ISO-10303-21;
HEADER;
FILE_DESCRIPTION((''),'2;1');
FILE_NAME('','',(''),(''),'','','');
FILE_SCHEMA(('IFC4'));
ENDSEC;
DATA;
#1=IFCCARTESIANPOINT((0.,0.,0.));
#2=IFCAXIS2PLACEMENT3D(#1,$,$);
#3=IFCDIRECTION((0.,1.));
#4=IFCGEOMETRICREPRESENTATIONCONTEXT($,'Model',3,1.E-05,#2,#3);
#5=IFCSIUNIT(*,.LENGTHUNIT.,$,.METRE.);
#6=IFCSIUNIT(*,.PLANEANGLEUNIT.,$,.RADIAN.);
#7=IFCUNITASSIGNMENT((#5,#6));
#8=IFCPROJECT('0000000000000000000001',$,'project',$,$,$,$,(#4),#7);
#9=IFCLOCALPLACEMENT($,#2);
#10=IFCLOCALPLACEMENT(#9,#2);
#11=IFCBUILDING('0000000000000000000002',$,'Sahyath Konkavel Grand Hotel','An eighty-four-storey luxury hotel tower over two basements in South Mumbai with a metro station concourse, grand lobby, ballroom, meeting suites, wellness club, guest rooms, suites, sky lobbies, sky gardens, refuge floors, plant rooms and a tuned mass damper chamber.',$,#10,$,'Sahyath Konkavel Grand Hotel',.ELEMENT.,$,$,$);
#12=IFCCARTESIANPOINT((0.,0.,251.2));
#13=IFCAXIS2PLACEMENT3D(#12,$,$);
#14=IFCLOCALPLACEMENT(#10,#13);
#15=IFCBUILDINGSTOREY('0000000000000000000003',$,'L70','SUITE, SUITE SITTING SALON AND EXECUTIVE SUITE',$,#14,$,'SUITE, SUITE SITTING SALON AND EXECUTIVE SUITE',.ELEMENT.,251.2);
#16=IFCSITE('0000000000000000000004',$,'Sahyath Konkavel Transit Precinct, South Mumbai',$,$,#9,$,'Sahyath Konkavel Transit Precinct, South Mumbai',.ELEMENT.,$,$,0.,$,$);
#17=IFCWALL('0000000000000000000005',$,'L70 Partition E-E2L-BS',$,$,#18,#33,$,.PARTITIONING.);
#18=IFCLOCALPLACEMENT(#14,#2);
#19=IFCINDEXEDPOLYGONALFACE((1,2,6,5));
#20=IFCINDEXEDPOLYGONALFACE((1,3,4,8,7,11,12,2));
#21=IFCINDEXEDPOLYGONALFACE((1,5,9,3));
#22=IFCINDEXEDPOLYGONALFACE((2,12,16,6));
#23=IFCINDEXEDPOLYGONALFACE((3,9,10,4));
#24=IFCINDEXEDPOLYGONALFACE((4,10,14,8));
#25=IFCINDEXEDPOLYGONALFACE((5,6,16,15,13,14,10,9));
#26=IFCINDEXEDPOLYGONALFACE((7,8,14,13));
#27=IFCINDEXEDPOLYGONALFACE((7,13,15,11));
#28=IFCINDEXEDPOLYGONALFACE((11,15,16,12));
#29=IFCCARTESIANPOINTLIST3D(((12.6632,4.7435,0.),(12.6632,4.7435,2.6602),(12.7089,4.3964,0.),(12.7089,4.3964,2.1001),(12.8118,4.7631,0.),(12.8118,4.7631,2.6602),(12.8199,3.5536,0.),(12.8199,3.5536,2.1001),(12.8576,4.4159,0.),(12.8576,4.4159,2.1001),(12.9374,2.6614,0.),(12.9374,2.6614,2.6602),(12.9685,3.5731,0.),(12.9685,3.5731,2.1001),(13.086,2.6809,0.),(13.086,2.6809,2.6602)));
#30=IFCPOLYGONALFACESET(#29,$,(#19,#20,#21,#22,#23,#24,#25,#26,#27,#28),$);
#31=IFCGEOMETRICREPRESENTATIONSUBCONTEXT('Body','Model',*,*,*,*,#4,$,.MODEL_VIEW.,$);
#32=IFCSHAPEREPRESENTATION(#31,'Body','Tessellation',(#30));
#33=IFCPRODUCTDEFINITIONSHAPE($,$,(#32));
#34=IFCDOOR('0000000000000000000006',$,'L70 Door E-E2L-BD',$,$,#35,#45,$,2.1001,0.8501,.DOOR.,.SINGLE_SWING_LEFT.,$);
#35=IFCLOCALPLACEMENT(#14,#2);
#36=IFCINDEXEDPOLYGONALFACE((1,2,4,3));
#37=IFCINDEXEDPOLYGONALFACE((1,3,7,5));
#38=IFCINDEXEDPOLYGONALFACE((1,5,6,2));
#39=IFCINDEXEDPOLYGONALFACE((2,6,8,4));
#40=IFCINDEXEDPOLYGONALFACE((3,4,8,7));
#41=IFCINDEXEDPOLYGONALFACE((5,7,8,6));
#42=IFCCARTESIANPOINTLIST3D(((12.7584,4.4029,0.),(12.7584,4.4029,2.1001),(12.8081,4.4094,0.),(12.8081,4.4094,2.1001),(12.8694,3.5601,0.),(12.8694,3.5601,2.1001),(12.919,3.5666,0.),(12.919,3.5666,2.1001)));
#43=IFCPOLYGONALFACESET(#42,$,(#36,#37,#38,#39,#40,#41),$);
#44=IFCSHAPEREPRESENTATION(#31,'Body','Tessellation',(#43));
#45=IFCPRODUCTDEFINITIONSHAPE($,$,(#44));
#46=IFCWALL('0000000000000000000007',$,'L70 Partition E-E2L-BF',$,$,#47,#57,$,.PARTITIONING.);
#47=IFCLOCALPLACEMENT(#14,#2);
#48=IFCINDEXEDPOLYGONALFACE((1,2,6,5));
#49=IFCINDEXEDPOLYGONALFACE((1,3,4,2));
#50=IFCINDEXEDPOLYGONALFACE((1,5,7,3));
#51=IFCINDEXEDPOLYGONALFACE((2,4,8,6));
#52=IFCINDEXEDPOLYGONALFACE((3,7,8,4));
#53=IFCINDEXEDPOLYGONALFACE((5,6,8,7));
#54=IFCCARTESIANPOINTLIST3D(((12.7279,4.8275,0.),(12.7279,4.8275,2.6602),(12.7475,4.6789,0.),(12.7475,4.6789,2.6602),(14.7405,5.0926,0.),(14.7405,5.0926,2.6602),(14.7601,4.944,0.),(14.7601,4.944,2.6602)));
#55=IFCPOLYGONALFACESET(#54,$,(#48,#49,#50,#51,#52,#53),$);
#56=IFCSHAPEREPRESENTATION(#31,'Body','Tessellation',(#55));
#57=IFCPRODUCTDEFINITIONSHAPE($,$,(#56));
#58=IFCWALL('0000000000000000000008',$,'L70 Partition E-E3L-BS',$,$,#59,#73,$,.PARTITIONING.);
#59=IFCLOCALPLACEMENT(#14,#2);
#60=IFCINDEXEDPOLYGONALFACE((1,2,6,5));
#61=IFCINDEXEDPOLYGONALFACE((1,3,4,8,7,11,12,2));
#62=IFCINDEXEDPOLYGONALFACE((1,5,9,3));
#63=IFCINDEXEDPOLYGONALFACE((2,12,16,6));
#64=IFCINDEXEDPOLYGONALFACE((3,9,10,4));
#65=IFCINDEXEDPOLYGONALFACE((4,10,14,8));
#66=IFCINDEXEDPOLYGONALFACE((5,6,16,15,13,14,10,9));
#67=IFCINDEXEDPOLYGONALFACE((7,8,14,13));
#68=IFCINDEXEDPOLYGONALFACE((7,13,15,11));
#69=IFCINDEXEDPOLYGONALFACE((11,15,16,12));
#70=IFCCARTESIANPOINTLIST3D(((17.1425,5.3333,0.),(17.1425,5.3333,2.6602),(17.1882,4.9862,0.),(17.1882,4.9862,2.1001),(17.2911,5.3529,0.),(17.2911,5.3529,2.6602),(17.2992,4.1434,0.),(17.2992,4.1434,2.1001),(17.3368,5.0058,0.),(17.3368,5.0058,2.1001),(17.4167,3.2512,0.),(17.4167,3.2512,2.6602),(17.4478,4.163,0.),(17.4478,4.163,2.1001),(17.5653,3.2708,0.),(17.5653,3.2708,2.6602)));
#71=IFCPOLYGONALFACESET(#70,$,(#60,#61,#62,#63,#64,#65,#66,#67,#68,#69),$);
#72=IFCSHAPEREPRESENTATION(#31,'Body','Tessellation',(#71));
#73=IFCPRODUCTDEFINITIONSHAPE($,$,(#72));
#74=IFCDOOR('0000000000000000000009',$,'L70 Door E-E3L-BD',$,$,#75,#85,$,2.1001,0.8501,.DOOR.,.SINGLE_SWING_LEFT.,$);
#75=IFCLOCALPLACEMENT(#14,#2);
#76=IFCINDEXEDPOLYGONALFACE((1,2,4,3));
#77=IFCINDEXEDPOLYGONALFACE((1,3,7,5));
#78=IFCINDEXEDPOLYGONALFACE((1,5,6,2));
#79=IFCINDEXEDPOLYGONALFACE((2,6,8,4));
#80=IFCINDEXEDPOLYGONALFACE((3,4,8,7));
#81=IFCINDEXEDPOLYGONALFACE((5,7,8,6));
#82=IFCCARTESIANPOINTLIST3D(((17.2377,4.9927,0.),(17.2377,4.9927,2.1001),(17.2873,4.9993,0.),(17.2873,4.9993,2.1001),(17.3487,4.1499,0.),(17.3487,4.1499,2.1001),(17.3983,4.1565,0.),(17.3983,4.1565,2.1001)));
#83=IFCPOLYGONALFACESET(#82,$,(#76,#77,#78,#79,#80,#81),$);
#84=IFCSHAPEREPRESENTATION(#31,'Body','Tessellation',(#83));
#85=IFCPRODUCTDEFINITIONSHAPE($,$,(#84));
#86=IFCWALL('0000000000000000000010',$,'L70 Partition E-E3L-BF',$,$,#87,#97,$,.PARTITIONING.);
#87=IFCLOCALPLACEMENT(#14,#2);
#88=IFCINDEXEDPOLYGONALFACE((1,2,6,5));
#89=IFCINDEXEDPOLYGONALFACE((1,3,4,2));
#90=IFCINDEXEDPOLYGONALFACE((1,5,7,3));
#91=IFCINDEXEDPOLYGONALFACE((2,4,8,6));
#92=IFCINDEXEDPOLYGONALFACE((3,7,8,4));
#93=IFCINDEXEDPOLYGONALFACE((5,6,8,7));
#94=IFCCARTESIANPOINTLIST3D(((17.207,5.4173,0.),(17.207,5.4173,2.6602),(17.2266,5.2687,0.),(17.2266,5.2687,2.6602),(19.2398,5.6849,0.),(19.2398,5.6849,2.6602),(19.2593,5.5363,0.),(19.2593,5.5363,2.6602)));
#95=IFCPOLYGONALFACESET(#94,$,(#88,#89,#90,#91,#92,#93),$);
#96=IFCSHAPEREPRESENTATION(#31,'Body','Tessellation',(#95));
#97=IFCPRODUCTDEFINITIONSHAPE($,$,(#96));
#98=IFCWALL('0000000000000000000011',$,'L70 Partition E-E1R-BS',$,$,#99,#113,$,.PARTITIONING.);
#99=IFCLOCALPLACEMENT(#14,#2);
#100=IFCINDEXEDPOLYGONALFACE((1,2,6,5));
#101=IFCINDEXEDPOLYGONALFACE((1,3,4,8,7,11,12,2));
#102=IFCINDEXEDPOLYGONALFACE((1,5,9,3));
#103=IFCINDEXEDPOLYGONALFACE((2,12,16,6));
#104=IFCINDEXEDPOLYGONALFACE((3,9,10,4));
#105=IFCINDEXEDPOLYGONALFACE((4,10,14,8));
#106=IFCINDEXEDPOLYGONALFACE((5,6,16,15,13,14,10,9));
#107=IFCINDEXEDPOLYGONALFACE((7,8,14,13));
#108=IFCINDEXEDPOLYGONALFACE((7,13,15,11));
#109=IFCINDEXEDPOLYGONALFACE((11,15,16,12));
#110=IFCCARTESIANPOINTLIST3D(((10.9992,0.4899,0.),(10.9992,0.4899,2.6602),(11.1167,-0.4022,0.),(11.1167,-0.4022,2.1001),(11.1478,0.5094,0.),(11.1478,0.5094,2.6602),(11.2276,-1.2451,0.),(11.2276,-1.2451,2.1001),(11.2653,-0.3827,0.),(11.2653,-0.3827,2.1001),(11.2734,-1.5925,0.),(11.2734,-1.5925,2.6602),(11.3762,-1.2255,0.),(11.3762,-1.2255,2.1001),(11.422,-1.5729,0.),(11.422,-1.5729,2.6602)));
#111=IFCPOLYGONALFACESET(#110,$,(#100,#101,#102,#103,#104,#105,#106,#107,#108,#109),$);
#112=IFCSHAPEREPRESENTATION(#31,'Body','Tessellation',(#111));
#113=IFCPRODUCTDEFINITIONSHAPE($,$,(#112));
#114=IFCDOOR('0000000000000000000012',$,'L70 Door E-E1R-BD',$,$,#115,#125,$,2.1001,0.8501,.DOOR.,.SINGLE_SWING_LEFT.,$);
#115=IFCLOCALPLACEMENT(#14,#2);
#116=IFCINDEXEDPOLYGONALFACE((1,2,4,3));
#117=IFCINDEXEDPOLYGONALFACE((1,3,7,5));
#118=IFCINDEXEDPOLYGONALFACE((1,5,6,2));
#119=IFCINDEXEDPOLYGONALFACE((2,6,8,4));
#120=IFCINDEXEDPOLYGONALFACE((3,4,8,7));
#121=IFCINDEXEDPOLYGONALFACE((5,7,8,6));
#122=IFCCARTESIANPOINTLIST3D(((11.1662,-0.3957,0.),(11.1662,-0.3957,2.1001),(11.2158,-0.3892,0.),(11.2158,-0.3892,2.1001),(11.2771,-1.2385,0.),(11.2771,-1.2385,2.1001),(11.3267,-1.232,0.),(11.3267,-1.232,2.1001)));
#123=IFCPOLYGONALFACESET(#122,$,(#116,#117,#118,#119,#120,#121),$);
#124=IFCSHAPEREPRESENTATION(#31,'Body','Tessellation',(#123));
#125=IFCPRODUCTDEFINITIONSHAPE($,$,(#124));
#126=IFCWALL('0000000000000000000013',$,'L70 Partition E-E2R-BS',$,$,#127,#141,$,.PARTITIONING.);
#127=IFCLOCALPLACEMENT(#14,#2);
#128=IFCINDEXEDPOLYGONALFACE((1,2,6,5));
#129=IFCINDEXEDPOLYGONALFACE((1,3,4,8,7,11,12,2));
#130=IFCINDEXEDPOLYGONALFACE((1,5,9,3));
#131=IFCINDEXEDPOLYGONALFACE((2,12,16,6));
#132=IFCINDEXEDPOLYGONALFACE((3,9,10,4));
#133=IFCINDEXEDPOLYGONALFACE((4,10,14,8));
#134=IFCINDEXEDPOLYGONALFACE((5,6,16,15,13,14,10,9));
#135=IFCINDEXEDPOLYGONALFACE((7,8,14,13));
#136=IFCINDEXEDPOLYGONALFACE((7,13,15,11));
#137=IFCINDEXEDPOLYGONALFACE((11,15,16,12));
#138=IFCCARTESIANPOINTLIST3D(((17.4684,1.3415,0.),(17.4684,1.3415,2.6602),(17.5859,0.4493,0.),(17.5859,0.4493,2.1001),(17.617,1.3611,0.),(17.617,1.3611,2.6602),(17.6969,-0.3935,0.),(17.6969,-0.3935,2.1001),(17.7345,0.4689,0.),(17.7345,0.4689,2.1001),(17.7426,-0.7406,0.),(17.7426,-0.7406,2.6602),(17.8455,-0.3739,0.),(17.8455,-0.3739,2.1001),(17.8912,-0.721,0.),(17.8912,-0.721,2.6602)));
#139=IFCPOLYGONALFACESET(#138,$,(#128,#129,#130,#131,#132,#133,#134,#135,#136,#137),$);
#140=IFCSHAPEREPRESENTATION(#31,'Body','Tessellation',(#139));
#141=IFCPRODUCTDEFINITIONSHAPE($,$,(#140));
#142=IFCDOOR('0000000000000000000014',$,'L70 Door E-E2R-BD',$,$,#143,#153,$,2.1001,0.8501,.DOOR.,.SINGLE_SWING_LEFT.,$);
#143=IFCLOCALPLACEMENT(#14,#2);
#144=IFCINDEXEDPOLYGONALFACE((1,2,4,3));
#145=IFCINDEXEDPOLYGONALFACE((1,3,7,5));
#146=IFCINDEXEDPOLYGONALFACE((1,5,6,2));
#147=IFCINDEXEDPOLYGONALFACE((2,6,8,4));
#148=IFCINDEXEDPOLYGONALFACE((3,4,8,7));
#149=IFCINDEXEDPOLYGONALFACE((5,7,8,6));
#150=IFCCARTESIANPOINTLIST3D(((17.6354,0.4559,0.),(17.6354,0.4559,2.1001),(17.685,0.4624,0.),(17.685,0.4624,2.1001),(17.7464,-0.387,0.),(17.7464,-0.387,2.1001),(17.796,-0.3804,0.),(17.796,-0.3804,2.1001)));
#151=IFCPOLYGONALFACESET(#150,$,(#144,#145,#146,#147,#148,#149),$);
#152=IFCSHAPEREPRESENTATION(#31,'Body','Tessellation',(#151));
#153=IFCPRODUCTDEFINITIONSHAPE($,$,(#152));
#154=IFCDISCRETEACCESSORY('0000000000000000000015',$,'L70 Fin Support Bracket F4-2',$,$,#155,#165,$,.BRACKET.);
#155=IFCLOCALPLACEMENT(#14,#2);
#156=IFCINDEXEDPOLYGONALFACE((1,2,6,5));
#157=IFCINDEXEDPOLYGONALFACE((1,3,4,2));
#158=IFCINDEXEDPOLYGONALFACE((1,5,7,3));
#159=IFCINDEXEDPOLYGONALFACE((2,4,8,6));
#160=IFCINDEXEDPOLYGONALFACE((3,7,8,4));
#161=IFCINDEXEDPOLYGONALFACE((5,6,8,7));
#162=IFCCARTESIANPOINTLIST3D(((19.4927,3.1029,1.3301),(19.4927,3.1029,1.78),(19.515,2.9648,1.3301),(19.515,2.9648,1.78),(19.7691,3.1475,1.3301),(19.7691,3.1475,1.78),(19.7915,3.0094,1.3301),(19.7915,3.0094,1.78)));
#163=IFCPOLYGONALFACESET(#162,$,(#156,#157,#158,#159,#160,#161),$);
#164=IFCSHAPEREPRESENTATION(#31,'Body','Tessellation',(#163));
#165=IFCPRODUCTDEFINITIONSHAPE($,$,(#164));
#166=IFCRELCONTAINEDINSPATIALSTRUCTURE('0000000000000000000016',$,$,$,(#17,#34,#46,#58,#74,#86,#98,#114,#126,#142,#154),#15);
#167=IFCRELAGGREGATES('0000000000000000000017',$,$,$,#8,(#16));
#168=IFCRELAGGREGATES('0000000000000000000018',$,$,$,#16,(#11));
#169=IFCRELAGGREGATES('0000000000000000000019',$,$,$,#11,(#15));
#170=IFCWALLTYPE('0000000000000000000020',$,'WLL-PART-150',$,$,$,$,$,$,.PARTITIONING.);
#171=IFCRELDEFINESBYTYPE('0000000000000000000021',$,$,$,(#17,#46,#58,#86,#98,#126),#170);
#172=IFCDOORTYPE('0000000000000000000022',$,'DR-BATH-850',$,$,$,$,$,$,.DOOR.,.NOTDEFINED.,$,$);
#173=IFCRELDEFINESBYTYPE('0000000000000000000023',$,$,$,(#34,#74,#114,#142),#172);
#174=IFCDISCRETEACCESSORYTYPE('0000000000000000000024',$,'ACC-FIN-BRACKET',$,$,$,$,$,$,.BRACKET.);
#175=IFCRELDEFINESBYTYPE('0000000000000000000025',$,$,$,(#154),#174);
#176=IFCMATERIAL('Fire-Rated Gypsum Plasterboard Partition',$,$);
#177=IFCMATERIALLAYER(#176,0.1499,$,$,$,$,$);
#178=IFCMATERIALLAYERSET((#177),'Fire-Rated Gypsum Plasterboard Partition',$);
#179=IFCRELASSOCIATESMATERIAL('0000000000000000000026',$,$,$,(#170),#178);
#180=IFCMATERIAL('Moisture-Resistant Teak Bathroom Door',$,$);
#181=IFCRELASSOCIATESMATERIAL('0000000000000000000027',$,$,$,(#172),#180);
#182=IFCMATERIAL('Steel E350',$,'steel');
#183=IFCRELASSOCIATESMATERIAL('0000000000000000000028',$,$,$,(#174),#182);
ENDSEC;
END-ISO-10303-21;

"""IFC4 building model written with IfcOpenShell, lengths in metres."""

from ifc_helpers import new_model, si_unit, direction, frame, frame_2d, origin, origin_2d, place, context, subcontext, project, spatial, rectangle, extrude, source, transform, mapped, material, layer, layer_set, type_object, element, fill, save


model = new_model("IFC4")

# Units and contexts
model_context = context("Model", 3, precision=1e-05, world=origin(), true_north=direction((0.0, 1.0)))
body_context = subcontext(model_context, "Body", "Model", "MODEL_VIEW")
ifc_project = project(units=[si_unit("LENGTHUNIT", "METRE"), si_unit("PLANEANGLEUNIT", "RADIAN")], contexts=[model_context])

# Site, building, storey
site_placement = place(None, origin())
site = spatial("IfcSite", under=ifc_project, at=site_placement, Name="Sahyath Konkavel Transit Precinct, South Mumbai", LongName="Sahyath Konkavel Transit Precinct, South Mumbai", CompositionType="ELEMENT", RefElevation=0.0)
building_placement = place(site_placement, origin())
building = spatial("IfcBuilding", under=site, at=building_placement, Name="Sahyath Konkavel Grand Hotel", Description="An eighty-four-storey luxury hotel tower over two basements in South Mumbai with a metro station concourse, grand lobby, ballroom, meeting suites, wellness club, guest rooms, suites, sky lobbies, sky gardens, refuge floors, plant rooms and a tuned mass damper chamber.", LongName="Sahyath Konkavel Grand Hotel", CompositionType="ELEMENT")
storey_placement = place(building_placement, frame((0.0, 0.0, 251.2)))
storey = spatial("IfcBuildingStorey", under=building, at=storey_placement, Name="L70", Description="SUITE, SUITE SITTING SALON AND EXECUTIVE SUITE", LongName="SUITE, SUITE SITTING SALON AND EXECUTIVE SUITE", CompositionType="ELEMENT", Elevation=251.2)

# Shared definitions
ifc_material_1 = material(Name="Steel E350", Category="steel")

# Wall, opening, door
ifc_material_2 = material(Name="Fire-Rated Gypsum Plasterboard Partition")
ifc_layer_1 = layer(ifc_material_2, 0.1499)
ifc_layer_set_1 = layer_set([ifc_layer_1], Name="Fire-Rated Gypsum Plasterboard Partition")
wall_type_1 = type_object("IfcWallType", Name="WLL-PART-150", PredefinedType="PARTITIONING", material=ifc_layer_set_1)
wall_1_placement = place(storey_placement, frame((13.0117, 2.6711, 0.0), z_axis=(0.0, 0.0, 1.0), x_axis=(-0.130557, 0.991441, 0.0)))
wall_1 = element("IfcWall", 1, at=wall_1_placement, inside=storey, type_object=wall_type_1, Name="L70 Partition E-E2L-BS", PredefinedType="PARTITIONING", context=body_context, shape_type="SweptSolid", body=[
    extrude(rectangle(XDim=2.1001, YDim=0.1499, at=frame_2d((1.05, 0.0))), origin(), (0.0, 0.0, 1.0), 2.6602),
])
opening_1_placement = place(wall_1_placement, frame((0.8999, 0.0, 0.0)))
opening_1 = element("IfcOpeningElement", 2, at=opening_1_placement, cuts=wall_1, PredefinedType="OPENING", context=body_context, shape_type="SweptSolid", body=[
    extrude(rectangle(XDim=0.8501, YDim=2.1001, at=frame_2d((0.425, 1.05))), frame((0.0, 0.085, 0.0), z_axis=(0.0, -1.0, 0.0), x_axis=(1.0, 0.0, 0.0)), (0.0, 0.0, 1.0), 0.1699),
])
ifc_material_3 = material(Name="Moisture-Resistant Teak Bathroom Door")
door_type = type_object("IfcDoorType", Name="DR-BATH-850", OperationType="NOTDEFINED", PredefinedType="DOOR", material=ifc_material_3)
shared_shape_1 = source(origin(), body_context, "Body", "SweptSolid", [
    extrude(rectangle(XDim=0.8501, YDim=0.05, at=origin_2d()), origin(), (0.0, 0.0, 1.0), 2.1001),
])
door_1_placement = place(opening_1_placement, frame((0.425, 0.0, 0.0)))
door_1 = element("IfcDoor", 3, at=door_1_placement, inside=storey, type_object=door_type, Name="L70 Door E-E2L-BD", OperationType="SINGLE_SWING_LEFT", OverallHeight=2.1001, OverallWidth=0.8501, PredefinedType="DOOR", context=body_context, shape_type="MappedRepresentation", body=[
    mapped(shared_shape_1, transform((0.0, 0.0, 0.0), scale=1.0)),
])
fill(opening_1, door_1)

# Wall
wall_2_placement = place(storey_placement, frame((12.7375, 4.7532, 0.0), z_axis=(0.0, 0.0, 1.0), x_axis=(0.991435, 0.130604, 0.0)))
element("IfcWall", 4, at=wall_2_placement, inside=storey, type_object=wall_type_1, Name="L70 Partition E-E2L-BF", PredefinedType="PARTITIONING", context=body_context, shape_type="SweptSolid", body=[
    extrude(rectangle(XDim=2.03, YDim=0.1499, at=frame_2d((1.0151, 0.0))), origin(), (0.0, 0.0, 1.0), 2.6602),
])

# Wall, opening, door
wall_3_placement = place(storey_placement, frame((17.491, 3.261, 0.0), z_axis=(0.0, 0.0, 1.0), x_axis=(-0.130557, 0.991441, 0.0)))
wall_3 = element("IfcWall", 5, at=wall_3_placement, inside=storey, type_object=wall_type_1, Name="L70 Partition E-E3L-BS", PredefinedType="PARTITIONING", context=body_context, shape_type="SweptSolid", body=[
    extrude(rectangle(XDim=2.1001, YDim=0.1499, at=frame_2d((1.05, 0.0))), origin(), (0.0, 0.0, 1.0), 2.6602),
])
opening_2_placement = place(wall_3_placement, frame((0.8999, 0.0, 0.0)))
opening_2 = element("IfcOpeningElement", 6, at=opening_2_placement, cuts=wall_3, PredefinedType="OPENING", context=body_context, shape_type="SweptSolid", body=[
    extrude(rectangle(XDim=0.8501, YDim=2.1001, at=frame_2d((0.425, 1.05))), frame((0.0, 0.085, 0.0), z_axis=(0.0, -1.0, 0.0), x_axis=(1.0, 0.0, 0.0)), (0.0, 0.0, 1.0), 0.1699),
])
door_2_placement = place(opening_2_placement, frame((0.425, 0.0, 0.0)))
door_2 = element("IfcDoor", 7, at=door_2_placement, inside=storey, type_object=door_type, Name="L70 Door E-E3L-BD", OperationType="SINGLE_SWING_LEFT", OverallHeight=2.1001, OverallWidth=0.8501, PredefinedType="DOOR", context=body_context, shape_type="MappedRepresentation", body=[
    mapped(shared_shape_1, transform((0.0, 0.0, 0.0), scale=1.0)),
])
fill(opening_2, door_2)

# Wall
wall_4_placement = place(storey_placement, frame((17.2168, 5.343, 0.0), z_axis=(0.0, 0.0, 1.0), x_axis=(0.991447, 0.13051, 0.0)))
element("IfcWall", 8, at=wall_4_placement, inside=storey, type_object=wall_type_1, Name="L70 Partition E-E3L-BF", PredefinedType="PARTITIONING", context=body_context, shape_type="SweptSolid", body=[
    extrude(rectangle(XDim=2.0503, YDim=0.1499, at=frame_2d((1.0251, 0.0))), origin(), (0.0, 0.0, 1.0), 2.6602),
])

# Walls, openings, doors
wall_5_placement = place(storey_placement, frame((11.0735, 0.4998, 0.0), z_axis=(0.0, 0.0, 1.0), x_axis=(0.130542, -0.991443, 0.0)))
wall_5 = element("IfcWall", 9, at=wall_5_placement, inside=storey, type_object=wall_type_1, Name="L70 Partition E-E1R-BS", PredefinedType="PARTITIONING", context=body_context, shape_type="SweptSolid", body=[
    extrude(rectangle(XDim=2.1003, YDim=0.1499, at=frame_2d((1.0503, 0.0))), origin(), (0.0, 0.0, 1.0), 2.6602),
])
opening_3_placement = place(wall_5_placement, frame((0.8999, 0.0, 0.0)))
opening_3 = element("IfcOpeningElement", 10, at=opening_3_placement, cuts=wall_5, PredefinedType="OPENING", context=body_context, shape_type="SweptSolid", body=[
    extrude(rectangle(XDim=0.8501, YDim=2.1001, at=frame_2d((0.425, 1.05))), frame((0.0, 0.085, 0.0), z_axis=(0.0, -1.0, 0.0), x_axis=(1.0, 0.0, 0.0)), (0.0, 0.0, 1.0), 0.1699),
])
door_3_placement = place(opening_3_placement, frame((0.425, 0.0, 0.0)))
door_3 = element("IfcDoor", 11, at=door_3_placement, inside=storey, type_object=door_type, Name="L70 Door E-E1R-BD", OperationType="SINGLE_SWING_LEFT", OverallHeight=2.1001, OverallWidth=0.8501, PredefinedType="DOOR", context=body_context, shape_type="MappedRepresentation", body=[
    mapped(shared_shape_1, transform((0.0, 0.0, 0.0), scale=1.0)),
])
fill(opening_3, door_3)
wall_6_placement = place(storey_placement, frame((17.5427, 1.3513, 0.0), z_axis=(0.0, 0.0, 1.0), x_axis=(0.130557, -0.991441, 0.0)))
wall_6 = element("IfcWall", 12, at=wall_6_placement, inside=storey, type_object=wall_type_1, Name="L70 Partition E-E2R-BS", PredefinedType="PARTITIONING", context=body_context, shape_type="SweptSolid", body=[
    extrude(rectangle(XDim=2.1001, YDim=0.1499, at=frame_2d((1.05, 0.0))), origin(), (0.0, 0.0, 1.0), 2.6602),
])
opening_4_placement = place(wall_6_placement, frame((0.8999, 0.0, 0.0)))
opening_4 = element("IfcOpeningElement", 13, at=opening_4_placement, cuts=wall_6, PredefinedType="OPENING", context=body_context, shape_type="SweptSolid", body=[
    extrude(rectangle(XDim=0.8501, YDim=2.1001, at=frame_2d((0.425, 1.05))), frame((0.0, 0.085, 0.0), z_axis=(0.0, -1.0, 0.0), x_axis=(1.0, 0.0, 0.0)), (0.0, 0.0, 1.0), 0.1699),
])
door_4_placement = place(opening_4_placement, frame((0.425, 0.0, 0.0)))
door_4 = element("IfcDoor", 14, at=door_4_placement, inside=storey, type_object=door_type, Name="L70 Door E-E2R-BD", OperationType="SINGLE_SWING_LEFT", OverallHeight=2.1001, OverallWidth=0.8501, PredefinedType="DOOR", context=body_context, shape_type="MappedRepresentation", body=[
    mapped(shared_shape_1, transform((0.0, 0.0, 0.0), scale=1.0)),
])
fill(opening_4, door_4)

# Discrete accessory
discrete_accessory_type = type_object("IfcDiscreteAccessoryType", Name="ACC-FIN-BRACKET", PredefinedType="BRACKET", material=ifc_material_1)
shared_shape_2 = source(origin(), body_context, "Body", "SweptSolid", [
    extrude(rectangle(XDim=0.28, YDim=0.1399, at=origin_2d()), origin(), (0.0, 0.0, 1.0), 0.45),
])
discrete_accessory_placement = place(storey_placement, frame((19.6421, 3.0562, 1.3301), z_axis=(0.0, 0.0, 1.0), x_axis=(0.987184, 0.159588, 0.0)))
element("IfcDiscreteAccessory", 15, at=discrete_accessory_placement, inside=storey, type_object=discrete_accessory_type, Name="L70 Fin Support Bracket F4-2", PredefinedType="BRACKET", context=body_context, shape_type="MappedRepresentation", body=[
    mapped(shared_shape_2, transform((0.0, 0.0, 0.0), scale=1.0)),
])

save(model, "model.ifc")
